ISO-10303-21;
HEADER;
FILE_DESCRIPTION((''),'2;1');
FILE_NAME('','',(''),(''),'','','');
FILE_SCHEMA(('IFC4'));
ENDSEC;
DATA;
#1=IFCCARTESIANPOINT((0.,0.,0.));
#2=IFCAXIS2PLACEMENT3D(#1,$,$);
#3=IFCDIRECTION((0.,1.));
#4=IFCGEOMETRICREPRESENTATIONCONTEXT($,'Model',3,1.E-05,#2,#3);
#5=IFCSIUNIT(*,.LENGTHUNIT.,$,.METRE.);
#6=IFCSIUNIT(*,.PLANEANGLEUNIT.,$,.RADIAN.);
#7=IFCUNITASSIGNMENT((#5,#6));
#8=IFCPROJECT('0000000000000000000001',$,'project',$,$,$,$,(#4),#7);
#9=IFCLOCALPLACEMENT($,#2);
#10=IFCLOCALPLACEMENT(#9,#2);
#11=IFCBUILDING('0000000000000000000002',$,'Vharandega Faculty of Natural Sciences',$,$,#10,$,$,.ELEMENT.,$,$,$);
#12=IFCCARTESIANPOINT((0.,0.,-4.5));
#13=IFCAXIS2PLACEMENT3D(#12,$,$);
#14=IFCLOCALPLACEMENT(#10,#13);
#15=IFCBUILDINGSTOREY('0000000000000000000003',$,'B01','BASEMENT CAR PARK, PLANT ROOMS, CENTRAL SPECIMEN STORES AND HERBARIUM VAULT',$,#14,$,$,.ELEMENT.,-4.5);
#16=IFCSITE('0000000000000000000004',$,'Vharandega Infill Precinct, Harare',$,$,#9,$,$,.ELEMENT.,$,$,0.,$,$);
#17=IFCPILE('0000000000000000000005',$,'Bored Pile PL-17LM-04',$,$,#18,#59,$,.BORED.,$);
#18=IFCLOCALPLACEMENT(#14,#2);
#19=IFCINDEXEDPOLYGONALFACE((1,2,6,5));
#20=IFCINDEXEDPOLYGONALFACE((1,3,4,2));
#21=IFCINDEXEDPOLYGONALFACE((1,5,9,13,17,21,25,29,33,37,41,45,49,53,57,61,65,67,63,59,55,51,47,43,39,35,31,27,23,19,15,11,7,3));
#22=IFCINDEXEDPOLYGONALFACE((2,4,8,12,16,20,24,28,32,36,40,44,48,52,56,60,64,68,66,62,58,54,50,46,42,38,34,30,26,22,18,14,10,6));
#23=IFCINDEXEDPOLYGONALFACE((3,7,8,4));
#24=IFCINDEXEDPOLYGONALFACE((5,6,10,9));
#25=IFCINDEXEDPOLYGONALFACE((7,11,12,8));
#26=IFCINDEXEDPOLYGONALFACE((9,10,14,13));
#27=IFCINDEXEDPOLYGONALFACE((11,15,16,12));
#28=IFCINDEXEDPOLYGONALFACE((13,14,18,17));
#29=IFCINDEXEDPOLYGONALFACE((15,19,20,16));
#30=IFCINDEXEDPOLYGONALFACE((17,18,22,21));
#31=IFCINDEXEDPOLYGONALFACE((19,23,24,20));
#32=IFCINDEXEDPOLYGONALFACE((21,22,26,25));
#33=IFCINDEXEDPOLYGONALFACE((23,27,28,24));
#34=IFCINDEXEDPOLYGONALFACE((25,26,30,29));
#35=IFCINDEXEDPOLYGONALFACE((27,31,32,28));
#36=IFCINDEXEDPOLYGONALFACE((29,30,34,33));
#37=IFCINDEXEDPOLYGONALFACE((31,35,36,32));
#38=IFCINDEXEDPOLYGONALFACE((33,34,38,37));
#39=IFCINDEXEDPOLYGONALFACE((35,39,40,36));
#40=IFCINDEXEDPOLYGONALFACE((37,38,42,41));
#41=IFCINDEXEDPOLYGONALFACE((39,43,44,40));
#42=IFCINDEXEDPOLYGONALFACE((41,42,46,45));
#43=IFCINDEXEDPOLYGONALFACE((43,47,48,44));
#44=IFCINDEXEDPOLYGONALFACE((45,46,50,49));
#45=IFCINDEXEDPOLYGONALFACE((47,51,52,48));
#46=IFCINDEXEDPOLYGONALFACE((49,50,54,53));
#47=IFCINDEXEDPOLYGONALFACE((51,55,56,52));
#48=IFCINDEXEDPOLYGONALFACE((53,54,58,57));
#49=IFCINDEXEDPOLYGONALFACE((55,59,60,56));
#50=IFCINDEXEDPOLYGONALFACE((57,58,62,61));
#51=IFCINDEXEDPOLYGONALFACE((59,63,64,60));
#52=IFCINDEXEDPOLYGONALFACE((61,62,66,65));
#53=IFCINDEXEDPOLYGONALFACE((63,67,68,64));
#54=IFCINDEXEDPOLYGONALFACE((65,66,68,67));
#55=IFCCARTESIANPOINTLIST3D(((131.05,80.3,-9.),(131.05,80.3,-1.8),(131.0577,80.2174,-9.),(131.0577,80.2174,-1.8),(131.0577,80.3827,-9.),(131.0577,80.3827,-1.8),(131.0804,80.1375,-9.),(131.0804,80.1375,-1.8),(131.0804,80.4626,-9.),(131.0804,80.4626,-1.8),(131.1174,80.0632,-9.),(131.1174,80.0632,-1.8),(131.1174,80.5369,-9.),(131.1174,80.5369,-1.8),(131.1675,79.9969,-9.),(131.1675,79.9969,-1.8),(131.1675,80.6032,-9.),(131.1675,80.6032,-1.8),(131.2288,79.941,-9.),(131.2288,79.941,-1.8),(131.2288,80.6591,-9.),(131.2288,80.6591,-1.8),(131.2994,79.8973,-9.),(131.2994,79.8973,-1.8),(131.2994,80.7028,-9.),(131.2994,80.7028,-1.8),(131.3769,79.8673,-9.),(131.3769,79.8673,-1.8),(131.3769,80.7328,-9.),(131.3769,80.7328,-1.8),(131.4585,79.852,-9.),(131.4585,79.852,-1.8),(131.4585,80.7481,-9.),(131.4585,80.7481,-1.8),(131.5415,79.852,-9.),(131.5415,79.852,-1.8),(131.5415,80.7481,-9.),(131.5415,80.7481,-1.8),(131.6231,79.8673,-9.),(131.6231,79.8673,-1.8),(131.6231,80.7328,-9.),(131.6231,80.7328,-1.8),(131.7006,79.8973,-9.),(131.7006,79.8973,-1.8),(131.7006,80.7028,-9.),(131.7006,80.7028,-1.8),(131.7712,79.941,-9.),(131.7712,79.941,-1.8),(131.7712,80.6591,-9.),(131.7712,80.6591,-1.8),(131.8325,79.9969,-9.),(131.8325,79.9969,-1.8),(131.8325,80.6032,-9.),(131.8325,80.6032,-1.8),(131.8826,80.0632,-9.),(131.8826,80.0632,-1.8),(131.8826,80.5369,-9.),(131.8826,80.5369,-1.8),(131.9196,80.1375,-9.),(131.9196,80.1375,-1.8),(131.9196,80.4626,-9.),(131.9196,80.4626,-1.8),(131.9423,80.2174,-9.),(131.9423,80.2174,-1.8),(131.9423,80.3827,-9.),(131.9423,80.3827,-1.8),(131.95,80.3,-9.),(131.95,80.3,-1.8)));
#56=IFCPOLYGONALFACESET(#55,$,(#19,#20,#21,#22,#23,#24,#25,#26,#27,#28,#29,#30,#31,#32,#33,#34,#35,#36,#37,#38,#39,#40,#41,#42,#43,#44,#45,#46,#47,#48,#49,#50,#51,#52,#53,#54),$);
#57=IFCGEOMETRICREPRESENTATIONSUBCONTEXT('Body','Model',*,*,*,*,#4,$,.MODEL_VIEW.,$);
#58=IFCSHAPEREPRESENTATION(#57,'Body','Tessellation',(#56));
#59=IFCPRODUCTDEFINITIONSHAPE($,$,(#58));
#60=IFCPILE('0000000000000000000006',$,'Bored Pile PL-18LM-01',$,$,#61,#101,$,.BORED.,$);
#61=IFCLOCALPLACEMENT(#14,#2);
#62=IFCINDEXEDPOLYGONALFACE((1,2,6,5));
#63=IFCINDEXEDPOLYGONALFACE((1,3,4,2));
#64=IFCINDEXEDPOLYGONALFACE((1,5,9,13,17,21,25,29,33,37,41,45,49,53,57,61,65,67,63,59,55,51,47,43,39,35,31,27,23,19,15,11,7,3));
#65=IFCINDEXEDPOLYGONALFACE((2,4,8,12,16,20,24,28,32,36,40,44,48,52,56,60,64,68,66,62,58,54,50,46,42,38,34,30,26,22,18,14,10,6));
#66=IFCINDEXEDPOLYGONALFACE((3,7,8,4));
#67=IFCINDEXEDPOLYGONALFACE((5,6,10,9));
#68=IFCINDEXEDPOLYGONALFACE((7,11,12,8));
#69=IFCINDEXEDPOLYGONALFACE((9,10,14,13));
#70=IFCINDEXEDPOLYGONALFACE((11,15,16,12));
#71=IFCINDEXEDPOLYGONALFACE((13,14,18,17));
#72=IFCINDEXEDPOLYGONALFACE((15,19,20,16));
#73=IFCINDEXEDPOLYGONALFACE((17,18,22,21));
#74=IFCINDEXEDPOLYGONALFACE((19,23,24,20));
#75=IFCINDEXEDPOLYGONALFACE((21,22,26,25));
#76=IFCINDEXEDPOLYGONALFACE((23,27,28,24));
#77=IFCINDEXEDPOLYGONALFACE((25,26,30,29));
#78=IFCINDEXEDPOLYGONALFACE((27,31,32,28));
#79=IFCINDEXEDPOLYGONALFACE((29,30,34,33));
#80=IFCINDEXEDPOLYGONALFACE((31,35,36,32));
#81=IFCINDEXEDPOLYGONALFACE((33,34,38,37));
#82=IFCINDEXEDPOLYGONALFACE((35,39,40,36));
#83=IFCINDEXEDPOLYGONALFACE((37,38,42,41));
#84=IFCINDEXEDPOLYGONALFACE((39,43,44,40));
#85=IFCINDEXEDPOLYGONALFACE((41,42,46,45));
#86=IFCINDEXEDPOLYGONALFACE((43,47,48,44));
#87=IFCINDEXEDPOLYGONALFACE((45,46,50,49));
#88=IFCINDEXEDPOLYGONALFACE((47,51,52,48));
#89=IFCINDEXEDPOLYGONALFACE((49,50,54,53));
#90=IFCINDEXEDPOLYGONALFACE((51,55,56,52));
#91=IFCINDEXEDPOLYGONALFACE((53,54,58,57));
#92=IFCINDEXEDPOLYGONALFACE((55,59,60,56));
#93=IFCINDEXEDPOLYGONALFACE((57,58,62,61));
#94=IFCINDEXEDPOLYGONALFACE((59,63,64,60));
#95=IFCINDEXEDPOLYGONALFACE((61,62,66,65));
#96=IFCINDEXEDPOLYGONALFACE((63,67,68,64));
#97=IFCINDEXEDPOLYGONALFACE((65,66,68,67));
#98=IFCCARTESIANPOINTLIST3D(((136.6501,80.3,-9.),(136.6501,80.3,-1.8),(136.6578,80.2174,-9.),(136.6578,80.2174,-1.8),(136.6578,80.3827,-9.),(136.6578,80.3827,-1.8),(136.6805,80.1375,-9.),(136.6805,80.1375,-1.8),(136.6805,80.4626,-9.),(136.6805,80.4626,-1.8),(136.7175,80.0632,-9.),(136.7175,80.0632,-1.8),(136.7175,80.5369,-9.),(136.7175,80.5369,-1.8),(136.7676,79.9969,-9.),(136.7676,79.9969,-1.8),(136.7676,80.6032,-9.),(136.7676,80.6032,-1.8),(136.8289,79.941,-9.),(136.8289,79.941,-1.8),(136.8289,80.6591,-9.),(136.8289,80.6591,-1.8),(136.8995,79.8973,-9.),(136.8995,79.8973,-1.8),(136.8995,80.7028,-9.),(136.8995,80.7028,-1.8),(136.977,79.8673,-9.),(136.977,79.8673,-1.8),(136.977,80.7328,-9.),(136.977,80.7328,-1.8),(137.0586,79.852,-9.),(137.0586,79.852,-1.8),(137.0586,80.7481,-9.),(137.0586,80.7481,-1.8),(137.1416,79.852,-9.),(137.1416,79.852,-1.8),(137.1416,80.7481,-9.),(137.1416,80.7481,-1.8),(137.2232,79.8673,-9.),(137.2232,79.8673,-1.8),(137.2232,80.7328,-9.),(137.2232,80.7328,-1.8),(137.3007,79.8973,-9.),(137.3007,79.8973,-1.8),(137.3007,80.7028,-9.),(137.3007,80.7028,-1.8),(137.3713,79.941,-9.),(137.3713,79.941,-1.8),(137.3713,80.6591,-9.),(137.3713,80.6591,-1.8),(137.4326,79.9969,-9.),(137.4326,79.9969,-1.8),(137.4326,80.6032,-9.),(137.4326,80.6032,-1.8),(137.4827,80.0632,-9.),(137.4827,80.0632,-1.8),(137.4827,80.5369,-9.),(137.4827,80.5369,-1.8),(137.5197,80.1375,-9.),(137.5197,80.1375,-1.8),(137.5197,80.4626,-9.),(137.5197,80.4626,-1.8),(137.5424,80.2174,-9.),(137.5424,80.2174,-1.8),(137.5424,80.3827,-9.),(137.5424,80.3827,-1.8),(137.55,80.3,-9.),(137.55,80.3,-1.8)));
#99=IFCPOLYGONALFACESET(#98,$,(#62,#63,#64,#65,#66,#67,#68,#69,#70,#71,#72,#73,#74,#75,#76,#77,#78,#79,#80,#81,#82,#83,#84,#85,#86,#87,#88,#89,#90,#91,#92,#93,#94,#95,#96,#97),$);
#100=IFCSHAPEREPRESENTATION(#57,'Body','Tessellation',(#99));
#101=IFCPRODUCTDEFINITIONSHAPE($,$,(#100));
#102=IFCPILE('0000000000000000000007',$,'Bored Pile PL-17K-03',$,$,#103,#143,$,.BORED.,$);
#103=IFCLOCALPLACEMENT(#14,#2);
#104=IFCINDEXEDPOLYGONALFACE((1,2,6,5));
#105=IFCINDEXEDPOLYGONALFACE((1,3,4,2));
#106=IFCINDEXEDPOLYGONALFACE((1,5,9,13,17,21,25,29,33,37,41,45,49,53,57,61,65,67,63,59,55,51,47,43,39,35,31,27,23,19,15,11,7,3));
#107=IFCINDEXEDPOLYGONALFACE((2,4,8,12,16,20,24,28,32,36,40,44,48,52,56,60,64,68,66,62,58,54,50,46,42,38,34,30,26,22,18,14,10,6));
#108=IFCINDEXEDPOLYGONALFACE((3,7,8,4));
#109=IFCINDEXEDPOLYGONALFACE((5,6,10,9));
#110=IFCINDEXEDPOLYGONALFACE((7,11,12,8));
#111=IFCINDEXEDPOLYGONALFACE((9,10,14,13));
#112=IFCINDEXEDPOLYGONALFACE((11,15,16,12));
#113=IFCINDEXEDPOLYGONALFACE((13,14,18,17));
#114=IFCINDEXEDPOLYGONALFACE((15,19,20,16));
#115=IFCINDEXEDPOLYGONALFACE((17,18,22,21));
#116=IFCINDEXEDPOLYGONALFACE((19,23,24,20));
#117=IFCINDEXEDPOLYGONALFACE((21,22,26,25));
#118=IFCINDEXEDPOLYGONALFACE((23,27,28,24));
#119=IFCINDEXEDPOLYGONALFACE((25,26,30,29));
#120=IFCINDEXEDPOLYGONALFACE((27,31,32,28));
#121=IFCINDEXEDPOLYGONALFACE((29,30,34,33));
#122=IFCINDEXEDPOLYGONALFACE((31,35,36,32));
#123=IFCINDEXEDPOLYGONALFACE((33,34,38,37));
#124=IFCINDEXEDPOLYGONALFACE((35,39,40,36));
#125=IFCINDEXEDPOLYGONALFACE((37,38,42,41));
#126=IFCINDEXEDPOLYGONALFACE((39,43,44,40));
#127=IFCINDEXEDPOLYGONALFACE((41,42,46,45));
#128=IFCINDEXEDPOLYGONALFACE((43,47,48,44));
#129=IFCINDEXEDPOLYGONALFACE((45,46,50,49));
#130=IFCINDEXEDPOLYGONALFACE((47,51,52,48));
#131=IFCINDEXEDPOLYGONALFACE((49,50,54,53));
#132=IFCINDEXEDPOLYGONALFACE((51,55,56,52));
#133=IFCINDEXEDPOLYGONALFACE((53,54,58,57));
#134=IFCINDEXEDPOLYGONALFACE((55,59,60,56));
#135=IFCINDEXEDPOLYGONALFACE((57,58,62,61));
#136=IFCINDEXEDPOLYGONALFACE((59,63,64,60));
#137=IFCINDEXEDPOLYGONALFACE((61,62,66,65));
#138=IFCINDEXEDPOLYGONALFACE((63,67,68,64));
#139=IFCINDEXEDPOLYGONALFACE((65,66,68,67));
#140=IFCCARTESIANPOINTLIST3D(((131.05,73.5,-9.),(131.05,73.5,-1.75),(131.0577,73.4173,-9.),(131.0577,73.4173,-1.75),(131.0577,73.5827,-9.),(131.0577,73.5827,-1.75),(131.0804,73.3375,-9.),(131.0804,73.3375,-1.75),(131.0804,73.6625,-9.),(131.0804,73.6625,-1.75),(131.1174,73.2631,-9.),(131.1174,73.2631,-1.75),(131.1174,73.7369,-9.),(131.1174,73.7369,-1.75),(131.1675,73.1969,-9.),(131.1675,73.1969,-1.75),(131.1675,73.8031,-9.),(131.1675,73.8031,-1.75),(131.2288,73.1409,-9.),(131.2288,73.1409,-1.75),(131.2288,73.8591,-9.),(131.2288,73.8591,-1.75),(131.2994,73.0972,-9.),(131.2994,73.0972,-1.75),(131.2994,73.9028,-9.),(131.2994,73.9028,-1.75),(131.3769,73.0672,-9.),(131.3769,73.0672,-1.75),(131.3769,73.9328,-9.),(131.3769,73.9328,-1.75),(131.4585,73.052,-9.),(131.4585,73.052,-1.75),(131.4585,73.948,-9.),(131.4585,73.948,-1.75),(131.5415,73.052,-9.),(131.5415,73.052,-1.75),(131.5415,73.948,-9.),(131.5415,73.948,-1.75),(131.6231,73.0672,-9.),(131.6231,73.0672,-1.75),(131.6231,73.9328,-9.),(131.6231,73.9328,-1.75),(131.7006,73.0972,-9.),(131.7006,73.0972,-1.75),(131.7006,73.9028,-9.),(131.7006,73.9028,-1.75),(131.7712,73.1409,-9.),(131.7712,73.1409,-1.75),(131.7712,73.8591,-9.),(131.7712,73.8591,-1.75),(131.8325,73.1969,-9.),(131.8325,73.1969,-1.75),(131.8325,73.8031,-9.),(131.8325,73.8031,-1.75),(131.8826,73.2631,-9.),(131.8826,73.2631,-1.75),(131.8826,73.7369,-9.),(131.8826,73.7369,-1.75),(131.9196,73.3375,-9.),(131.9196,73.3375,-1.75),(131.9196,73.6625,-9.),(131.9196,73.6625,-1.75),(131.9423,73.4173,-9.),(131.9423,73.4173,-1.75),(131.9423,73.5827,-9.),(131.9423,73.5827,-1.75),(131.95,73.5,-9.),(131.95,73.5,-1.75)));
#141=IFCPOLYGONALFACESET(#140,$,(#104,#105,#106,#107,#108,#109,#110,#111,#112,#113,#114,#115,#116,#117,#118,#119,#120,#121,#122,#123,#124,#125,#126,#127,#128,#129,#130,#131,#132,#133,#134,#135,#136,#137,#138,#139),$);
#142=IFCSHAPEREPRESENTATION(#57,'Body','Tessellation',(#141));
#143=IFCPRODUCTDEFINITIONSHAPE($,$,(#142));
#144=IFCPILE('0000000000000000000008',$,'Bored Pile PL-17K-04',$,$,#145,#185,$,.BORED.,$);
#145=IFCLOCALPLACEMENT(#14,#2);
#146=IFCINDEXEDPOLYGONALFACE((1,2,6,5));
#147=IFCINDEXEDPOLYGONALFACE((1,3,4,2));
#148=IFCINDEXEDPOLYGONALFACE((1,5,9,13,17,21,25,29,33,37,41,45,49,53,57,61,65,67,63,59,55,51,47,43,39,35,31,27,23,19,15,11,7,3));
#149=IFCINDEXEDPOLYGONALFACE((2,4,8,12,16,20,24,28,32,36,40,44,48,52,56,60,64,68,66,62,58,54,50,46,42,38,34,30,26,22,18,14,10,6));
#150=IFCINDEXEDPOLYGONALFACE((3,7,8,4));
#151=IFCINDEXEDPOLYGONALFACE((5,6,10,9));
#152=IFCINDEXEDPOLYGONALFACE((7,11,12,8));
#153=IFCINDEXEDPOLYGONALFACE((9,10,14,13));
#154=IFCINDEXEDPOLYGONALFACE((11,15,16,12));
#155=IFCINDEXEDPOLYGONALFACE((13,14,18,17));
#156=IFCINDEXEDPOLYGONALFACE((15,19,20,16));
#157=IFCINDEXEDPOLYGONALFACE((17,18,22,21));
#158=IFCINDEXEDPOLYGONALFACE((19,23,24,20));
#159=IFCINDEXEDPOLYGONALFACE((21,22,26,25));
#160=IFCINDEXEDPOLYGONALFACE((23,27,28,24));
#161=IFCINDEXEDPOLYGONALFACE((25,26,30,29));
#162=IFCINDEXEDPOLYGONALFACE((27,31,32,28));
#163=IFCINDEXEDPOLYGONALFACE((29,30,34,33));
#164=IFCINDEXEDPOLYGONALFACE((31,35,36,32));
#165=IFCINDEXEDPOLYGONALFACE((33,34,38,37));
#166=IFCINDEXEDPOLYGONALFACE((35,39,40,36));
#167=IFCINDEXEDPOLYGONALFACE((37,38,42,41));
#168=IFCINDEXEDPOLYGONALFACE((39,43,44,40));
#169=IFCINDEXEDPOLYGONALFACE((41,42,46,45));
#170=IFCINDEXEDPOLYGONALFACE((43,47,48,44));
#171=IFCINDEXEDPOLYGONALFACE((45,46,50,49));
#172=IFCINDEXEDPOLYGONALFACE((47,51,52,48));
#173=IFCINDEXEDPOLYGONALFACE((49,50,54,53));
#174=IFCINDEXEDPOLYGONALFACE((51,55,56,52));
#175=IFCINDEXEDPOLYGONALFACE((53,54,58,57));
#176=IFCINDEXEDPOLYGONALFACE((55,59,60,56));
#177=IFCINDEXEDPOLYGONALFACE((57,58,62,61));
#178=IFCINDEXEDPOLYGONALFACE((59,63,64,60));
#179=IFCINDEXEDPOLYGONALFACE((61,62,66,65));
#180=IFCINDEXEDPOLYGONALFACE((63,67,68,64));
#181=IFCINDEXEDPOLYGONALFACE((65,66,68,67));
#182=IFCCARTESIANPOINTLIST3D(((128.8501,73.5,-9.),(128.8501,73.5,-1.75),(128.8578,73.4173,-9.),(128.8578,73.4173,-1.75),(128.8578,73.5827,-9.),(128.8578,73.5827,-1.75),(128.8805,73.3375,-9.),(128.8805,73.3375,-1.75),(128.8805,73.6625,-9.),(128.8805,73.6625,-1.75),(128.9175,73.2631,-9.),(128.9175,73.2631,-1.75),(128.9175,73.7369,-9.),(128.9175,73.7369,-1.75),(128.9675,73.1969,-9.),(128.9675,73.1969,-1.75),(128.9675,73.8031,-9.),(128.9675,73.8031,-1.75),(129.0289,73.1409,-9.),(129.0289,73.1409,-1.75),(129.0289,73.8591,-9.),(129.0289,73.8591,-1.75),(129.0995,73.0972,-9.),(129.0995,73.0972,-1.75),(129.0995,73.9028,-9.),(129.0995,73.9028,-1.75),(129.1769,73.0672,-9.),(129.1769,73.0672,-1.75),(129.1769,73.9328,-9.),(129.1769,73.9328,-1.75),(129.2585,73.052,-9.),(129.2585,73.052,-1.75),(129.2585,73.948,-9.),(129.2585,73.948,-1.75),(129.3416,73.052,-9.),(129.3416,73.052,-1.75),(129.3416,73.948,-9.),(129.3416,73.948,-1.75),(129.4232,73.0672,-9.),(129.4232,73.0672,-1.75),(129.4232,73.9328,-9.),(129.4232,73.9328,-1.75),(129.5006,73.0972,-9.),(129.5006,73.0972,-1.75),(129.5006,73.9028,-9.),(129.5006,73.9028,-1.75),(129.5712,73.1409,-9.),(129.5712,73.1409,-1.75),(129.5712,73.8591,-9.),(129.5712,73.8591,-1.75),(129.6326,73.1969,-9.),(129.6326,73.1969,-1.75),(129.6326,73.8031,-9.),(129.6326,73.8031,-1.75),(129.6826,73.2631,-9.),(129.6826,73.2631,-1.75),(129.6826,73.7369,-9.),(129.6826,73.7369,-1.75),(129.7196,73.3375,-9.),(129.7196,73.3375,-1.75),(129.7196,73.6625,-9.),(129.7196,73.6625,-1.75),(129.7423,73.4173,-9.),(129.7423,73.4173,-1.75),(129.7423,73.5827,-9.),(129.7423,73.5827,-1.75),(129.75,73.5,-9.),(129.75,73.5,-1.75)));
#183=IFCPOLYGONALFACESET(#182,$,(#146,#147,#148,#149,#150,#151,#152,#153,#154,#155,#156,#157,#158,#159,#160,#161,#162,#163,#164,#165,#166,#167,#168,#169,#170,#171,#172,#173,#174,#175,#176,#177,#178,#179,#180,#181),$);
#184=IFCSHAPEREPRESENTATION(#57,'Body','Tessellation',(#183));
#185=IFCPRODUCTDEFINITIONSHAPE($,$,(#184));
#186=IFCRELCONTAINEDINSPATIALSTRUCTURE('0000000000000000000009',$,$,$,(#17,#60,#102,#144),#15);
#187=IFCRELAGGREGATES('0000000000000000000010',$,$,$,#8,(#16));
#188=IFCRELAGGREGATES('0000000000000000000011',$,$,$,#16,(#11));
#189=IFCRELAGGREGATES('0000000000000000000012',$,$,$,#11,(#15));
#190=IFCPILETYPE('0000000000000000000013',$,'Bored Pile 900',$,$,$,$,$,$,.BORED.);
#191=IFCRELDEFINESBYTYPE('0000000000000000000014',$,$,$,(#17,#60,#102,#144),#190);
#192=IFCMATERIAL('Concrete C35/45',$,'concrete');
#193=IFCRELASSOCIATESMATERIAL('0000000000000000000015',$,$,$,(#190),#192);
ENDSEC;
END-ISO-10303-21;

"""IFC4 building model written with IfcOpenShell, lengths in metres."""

from ifc_helpers import new_model, si_unit, direction, frame, origin, origin_2d, place, context, subcontext, project, spatial, circle, extrude, material, material_profile, profile_set, type_object, element, save


model = new_model("IFC4")

# Units and contexts
model_context = context("Model", 3, precision=1e-05, world=origin(), true_north=direction((0.0, 1.0)))
body_context = subcontext(model_context, "Body", "Model", "MODEL_VIEW")
ifc_project = project(units=[si_unit("LENGTHUNIT", "METRE"), si_unit("PLANEANGLEUNIT", "RADIAN")], contexts=[model_context])

# Site, building, storey
site_placement = place(None, origin())
site = spatial("IfcSite", under=ifc_project, at=site_placement, Name="Vharandega Infill Precinct, Harare", CompositionType="ELEMENT", RefElevation=0.0)
building_placement = place(site_placement, origin())
building = spatial("IfcBuilding", under=site, at=building_placement, Name="Vharandega Faculty of Natural Sciences", CompositionType="ELEMENT")
storey_placement = place(building_placement, frame((0.0, 0.0, -4.5)))
storey = spatial("IfcBuildingStorey", under=building, at=storey_placement, Name="B01", Description="BASEMENT CAR PARK, PLANT ROOMS, CENTRAL SPECIMEN STORES AND HERBARIUM VAULT", CompositionType="ELEMENT", Elevation=-4.5)

# Piles
ifc_material_1 = material(Name="Concrete C35/45", Category="concrete")
ifc_material_profile_1 = material_profile(ifc_material_1, circle(Radius=0.45, at=origin_2d()), Name="PILE 900")
ifc_profile_set_1 = profile_set([ifc_material_profile_1], Name="Concrete C35/45")
pile_type = type_object("IfcPileType", Name="Bored Pile 900", PredefinedType="BORED", material=ifc_profile_set_1)
for number, where, z_axis, x_axis, name in (
    (1, (131.5, 80.3, -1.8), (0.0, 0.0, -1.0), (1.0, 0.0, 0.0), "Bored Pile PL-17LM-04"),
    (2, (137.1001, 80.3, -1.8), (0.0, 0.0, -1.0), (1.0, 0.0, 0.0), "Bored Pile PL-18LM-01"),
):
    element("IfcPile", number, at=place(storey_placement, frame(where, z_axis=z_axis, x_axis=x_axis)), inside=storey, type_object=pile_type, Name=name, PredefinedType="BORED", context=body_context, shape_type="SweptSolid", body=[
        extrude(circle(Radius=0.45, at=origin_2d()), origin(), (0.0, 0.0, 1.0), 7.2),
    ])
for number, where, z_axis, x_axis, name in (
    (3, (131.5, 73.5, -1.75), (0.0, 0.0, -1.0), (1.0, 0.0, 0.0), "Bored Pile PL-17K-03"),
    (4, (129.3, 73.5, -1.75), (0.0, 0.0, -1.0), (1.0, 0.0, 0.0), "Bored Pile PL-17K-04"),
):
    element("IfcPile", number, at=place(storey_placement, frame(where, z_axis=z_axis, x_axis=x_axis)), inside=storey, type_object=pile_type, Name=name, PredefinedType="BORED", context=body_context, shape_type="SweptSolid", body=[
        extrude(circle(Radius=0.45, at=origin_2d()), origin(), (0.0, 0.0, 1.0), 7.25),
    ])

save(model, "model.ifc")
